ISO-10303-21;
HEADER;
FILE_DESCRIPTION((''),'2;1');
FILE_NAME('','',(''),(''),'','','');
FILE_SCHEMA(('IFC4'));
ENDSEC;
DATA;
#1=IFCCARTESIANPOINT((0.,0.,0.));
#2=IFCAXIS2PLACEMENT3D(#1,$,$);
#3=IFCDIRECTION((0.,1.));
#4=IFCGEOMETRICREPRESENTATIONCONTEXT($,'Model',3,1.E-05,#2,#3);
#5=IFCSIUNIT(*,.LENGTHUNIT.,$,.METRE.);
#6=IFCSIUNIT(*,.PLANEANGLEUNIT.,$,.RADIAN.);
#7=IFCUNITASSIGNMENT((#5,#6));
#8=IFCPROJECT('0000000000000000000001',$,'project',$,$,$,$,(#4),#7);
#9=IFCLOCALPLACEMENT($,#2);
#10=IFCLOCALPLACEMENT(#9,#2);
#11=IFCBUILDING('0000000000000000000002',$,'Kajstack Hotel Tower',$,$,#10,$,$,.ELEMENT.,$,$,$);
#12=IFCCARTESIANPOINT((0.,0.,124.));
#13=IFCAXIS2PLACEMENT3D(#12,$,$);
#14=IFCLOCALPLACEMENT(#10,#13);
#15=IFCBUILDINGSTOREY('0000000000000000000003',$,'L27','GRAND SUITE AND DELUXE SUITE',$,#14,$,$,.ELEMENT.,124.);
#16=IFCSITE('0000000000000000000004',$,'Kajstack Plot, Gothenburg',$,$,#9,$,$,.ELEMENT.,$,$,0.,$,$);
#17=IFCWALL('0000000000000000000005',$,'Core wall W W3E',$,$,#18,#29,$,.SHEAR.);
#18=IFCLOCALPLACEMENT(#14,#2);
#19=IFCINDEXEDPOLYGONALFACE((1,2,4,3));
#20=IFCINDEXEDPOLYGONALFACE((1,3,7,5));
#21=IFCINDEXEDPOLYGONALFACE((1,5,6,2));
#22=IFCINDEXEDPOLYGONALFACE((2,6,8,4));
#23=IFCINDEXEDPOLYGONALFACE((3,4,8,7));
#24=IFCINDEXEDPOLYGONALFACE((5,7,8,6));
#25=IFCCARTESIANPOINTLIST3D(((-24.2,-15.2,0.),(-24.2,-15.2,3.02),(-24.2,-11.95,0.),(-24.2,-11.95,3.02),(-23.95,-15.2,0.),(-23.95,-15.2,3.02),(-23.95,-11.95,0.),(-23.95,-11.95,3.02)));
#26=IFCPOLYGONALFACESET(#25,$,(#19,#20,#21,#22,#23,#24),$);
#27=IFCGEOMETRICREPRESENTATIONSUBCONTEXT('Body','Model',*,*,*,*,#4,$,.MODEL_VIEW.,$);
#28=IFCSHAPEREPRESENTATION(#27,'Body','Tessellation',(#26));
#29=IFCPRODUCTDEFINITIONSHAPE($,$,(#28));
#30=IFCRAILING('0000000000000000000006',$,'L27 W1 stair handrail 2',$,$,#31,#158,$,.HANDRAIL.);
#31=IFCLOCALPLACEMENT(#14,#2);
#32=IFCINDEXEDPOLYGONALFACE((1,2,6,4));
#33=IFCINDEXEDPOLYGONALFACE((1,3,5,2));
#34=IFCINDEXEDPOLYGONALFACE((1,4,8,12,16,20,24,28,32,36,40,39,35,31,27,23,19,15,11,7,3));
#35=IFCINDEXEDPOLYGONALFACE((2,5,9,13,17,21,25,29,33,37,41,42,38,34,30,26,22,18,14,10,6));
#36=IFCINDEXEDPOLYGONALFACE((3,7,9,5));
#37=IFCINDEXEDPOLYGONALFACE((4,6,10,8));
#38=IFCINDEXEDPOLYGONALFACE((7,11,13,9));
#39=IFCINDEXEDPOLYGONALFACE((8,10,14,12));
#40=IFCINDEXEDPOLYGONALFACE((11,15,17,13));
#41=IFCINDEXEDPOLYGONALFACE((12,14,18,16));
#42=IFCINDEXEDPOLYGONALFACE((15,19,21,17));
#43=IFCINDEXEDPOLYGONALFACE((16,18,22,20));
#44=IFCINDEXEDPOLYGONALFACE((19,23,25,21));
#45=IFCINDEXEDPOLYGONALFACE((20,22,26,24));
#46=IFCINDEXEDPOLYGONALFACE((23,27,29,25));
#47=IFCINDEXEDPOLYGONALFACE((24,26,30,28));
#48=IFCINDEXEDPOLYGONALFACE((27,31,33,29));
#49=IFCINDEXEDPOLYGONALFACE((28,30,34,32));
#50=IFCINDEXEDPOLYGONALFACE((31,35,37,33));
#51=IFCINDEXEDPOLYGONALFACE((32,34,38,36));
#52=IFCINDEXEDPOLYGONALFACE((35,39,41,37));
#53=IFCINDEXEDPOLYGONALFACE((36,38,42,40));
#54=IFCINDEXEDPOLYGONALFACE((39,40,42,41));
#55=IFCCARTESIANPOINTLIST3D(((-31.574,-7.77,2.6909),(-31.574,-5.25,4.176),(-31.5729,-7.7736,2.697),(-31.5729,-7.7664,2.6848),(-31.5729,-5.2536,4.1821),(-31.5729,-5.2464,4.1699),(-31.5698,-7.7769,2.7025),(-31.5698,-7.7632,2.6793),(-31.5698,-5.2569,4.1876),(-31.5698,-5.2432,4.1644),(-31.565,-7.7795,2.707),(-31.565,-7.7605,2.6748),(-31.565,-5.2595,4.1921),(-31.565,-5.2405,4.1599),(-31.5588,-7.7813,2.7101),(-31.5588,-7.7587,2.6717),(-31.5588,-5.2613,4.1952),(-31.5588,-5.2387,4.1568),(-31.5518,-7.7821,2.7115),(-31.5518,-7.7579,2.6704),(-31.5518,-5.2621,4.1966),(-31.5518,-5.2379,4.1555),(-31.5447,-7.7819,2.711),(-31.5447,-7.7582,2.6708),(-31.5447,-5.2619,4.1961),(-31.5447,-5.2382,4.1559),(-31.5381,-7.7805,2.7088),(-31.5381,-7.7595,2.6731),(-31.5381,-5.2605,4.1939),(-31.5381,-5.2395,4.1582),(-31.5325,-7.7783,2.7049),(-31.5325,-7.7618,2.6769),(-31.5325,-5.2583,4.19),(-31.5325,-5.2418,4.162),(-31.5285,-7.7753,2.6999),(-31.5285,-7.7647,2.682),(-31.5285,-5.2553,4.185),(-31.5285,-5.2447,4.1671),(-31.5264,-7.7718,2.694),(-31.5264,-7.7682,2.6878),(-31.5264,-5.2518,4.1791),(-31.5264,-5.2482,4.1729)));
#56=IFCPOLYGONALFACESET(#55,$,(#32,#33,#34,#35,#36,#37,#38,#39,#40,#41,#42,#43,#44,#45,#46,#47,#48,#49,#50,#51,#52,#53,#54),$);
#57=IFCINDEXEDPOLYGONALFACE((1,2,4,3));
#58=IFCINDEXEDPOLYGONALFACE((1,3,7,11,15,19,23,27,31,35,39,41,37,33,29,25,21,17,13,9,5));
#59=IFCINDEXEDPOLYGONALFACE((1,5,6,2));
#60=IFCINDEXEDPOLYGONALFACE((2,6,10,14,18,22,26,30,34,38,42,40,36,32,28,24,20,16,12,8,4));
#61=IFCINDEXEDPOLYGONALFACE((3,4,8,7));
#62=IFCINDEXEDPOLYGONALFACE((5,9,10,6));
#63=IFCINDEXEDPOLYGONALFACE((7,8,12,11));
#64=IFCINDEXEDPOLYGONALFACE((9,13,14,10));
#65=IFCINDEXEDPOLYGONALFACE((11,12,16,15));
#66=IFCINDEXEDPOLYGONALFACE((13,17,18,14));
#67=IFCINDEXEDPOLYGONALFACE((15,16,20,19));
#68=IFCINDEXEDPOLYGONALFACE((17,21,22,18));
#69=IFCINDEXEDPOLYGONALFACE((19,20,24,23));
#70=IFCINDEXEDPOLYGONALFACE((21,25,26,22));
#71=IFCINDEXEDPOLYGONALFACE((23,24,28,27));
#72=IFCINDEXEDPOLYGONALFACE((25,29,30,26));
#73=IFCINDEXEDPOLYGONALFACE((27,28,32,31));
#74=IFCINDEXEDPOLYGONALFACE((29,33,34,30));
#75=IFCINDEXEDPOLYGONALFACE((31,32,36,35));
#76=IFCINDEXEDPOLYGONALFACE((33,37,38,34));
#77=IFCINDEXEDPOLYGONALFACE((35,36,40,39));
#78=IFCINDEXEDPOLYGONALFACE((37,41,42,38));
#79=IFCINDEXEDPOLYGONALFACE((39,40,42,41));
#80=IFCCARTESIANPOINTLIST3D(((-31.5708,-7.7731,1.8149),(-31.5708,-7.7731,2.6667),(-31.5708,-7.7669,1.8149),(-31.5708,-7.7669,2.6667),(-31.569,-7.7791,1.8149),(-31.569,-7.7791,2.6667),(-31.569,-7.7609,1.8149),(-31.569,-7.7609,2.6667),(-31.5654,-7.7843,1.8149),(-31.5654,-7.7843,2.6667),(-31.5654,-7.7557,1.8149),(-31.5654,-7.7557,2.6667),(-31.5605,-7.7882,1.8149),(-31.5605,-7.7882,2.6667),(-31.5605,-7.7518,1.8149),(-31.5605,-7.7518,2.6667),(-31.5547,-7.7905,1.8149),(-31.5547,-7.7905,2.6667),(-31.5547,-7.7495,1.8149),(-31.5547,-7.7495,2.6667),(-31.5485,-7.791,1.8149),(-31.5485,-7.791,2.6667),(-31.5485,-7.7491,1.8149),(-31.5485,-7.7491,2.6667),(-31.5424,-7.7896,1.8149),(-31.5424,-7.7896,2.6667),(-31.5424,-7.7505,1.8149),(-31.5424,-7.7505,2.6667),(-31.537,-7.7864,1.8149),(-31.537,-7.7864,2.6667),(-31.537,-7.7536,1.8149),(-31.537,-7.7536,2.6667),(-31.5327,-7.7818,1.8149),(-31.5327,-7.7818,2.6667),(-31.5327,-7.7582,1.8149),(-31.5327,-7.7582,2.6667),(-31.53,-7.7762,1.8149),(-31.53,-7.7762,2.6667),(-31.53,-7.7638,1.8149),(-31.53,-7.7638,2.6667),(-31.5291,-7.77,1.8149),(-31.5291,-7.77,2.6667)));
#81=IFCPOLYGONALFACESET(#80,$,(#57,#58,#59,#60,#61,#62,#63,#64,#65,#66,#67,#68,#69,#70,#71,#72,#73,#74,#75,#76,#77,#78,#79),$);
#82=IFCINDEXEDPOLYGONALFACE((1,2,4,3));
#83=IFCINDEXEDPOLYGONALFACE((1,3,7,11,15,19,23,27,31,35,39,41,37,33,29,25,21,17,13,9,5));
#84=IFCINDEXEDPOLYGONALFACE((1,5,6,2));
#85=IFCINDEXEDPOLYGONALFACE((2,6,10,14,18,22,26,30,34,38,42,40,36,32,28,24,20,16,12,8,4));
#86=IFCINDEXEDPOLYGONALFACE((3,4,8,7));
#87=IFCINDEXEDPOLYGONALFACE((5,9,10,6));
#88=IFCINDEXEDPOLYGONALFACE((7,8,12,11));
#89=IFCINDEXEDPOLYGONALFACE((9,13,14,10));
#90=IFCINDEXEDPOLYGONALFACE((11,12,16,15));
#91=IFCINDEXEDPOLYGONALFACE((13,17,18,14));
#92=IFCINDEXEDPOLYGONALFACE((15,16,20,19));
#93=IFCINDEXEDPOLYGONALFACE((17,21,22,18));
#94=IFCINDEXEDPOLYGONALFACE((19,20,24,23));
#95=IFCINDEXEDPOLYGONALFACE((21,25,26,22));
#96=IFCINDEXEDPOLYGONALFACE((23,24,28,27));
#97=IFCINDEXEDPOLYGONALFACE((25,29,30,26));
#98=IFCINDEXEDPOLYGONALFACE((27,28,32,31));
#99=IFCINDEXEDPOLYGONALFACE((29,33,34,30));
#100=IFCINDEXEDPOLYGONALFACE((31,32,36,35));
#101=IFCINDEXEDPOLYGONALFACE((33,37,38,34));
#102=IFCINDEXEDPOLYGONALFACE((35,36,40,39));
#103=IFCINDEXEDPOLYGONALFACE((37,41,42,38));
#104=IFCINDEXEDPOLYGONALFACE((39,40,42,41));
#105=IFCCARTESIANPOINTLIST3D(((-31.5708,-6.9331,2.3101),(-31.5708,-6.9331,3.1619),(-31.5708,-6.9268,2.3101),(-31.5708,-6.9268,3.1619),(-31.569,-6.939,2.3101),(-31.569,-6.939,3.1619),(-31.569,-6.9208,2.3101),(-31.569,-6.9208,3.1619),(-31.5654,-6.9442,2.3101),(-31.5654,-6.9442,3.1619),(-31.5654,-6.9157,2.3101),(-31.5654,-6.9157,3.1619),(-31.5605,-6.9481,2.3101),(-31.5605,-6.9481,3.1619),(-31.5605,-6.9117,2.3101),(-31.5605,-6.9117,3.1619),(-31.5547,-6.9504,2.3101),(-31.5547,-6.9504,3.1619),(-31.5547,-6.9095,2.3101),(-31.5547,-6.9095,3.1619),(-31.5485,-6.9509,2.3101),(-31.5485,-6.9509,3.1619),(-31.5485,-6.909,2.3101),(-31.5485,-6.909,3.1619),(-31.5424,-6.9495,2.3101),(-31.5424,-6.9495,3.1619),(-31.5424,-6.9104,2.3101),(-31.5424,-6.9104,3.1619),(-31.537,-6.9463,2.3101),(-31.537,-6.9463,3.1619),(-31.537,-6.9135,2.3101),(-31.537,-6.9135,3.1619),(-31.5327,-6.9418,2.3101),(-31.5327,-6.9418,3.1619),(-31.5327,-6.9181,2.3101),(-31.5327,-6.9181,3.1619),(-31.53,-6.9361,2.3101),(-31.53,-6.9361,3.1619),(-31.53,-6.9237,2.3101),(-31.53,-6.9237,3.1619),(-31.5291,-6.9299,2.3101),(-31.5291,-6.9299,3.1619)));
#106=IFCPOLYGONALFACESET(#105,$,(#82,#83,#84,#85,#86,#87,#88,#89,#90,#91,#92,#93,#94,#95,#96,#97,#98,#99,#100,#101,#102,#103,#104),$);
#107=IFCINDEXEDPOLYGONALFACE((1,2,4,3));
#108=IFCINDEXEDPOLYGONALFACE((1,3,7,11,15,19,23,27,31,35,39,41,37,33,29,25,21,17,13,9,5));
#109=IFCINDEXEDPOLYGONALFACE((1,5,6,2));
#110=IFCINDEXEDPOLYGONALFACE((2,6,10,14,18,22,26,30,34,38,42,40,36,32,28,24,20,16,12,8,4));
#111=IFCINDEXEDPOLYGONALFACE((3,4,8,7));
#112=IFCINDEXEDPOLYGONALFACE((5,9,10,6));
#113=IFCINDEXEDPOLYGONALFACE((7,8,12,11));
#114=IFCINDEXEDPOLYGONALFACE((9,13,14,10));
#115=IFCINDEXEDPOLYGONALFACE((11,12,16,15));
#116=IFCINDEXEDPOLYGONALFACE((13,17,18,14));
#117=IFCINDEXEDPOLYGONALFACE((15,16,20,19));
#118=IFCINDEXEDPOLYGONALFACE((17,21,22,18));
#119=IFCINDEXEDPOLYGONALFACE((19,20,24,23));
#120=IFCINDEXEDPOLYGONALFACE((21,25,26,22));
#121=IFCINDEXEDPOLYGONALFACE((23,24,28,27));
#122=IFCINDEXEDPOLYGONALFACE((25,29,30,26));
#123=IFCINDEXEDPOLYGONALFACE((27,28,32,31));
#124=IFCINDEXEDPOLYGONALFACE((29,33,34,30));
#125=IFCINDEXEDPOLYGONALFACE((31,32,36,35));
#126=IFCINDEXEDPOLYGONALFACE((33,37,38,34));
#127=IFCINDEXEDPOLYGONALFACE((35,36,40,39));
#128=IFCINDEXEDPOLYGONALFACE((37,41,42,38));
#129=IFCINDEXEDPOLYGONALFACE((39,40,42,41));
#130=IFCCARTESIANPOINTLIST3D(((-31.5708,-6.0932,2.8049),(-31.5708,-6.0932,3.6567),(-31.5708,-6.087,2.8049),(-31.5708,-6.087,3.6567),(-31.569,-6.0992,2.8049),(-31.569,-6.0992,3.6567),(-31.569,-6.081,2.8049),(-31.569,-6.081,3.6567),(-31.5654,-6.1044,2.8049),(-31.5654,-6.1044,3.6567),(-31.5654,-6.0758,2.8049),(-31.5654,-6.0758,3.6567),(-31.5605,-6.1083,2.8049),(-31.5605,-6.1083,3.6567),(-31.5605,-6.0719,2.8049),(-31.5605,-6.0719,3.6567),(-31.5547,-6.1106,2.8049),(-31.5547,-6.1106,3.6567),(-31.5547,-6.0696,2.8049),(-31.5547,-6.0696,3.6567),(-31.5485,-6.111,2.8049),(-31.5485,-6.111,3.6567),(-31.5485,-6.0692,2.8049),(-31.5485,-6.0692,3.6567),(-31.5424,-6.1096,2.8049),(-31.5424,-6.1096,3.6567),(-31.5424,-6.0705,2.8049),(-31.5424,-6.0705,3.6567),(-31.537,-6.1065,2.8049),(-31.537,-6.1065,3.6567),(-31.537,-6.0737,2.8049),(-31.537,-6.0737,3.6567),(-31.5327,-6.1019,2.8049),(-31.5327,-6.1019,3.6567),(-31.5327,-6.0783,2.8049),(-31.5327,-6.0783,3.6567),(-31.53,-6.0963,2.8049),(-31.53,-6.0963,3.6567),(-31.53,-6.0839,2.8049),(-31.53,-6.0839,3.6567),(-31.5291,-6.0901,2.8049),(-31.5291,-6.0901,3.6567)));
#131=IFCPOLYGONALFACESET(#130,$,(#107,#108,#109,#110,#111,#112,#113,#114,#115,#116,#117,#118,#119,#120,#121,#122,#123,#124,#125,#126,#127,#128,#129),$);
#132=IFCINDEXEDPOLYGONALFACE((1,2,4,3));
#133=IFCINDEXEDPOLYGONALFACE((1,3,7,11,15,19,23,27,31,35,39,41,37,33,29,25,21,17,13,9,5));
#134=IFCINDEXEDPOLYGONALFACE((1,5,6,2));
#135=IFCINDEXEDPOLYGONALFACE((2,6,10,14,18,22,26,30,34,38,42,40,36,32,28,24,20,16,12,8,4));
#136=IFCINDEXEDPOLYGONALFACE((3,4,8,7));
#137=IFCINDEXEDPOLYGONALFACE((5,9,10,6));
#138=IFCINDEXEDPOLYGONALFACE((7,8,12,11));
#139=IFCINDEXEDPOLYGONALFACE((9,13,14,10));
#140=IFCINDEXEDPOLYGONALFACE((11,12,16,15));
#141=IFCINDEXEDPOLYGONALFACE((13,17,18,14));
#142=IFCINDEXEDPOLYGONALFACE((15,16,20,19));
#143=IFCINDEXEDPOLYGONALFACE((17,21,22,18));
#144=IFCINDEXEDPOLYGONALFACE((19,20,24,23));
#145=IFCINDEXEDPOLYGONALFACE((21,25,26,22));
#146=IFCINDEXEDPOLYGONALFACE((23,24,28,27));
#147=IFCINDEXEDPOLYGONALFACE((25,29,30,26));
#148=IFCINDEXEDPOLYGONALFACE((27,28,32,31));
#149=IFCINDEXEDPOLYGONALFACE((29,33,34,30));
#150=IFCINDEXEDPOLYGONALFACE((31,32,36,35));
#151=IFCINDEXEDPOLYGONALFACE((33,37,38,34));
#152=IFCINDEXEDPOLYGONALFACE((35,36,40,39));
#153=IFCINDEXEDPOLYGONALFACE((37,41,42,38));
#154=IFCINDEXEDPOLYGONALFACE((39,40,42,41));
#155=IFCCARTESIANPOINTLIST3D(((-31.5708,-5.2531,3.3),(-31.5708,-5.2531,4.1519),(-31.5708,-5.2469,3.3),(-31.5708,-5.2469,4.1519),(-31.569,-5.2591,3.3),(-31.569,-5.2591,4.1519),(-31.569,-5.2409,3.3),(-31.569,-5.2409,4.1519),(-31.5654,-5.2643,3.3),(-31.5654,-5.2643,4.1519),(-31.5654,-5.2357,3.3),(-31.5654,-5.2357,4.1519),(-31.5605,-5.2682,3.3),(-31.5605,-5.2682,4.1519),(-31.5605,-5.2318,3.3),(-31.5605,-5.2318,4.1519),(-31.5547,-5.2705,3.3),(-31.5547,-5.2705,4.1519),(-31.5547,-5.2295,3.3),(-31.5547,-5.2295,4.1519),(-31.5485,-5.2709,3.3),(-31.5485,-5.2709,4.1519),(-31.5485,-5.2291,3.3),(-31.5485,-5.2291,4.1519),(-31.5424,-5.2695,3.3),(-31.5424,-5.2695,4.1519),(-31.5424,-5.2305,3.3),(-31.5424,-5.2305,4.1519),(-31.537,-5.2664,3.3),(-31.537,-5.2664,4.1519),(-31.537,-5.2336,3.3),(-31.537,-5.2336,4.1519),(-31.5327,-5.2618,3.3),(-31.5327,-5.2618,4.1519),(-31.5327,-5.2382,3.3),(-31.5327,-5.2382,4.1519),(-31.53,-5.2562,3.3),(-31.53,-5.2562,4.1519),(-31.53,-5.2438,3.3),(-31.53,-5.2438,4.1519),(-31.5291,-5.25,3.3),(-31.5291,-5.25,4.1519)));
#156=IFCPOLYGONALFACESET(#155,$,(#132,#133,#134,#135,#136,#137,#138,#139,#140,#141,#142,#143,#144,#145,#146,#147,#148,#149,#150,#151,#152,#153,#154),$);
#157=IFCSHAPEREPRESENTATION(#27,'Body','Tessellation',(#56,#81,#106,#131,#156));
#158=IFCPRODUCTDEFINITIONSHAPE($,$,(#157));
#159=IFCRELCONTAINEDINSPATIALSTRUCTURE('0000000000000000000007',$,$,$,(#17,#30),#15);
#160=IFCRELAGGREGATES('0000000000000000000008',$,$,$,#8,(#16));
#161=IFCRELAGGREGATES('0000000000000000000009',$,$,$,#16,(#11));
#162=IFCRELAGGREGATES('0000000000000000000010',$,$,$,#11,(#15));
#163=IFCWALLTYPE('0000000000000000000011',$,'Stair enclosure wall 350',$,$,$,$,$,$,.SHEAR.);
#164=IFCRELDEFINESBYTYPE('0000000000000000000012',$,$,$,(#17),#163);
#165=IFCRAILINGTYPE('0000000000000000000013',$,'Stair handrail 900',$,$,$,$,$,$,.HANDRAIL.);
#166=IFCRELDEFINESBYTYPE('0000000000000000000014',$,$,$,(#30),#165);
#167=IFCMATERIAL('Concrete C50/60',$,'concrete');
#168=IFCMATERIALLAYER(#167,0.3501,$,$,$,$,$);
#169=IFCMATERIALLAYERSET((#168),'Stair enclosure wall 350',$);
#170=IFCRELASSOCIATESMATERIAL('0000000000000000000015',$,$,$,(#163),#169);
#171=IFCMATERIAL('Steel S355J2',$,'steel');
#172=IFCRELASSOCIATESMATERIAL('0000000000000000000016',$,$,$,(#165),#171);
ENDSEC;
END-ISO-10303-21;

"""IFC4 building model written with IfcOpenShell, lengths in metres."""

from ifc_helpers import new_model, si_unit, direction, frame, frame_2d, origin, origin_2d, place, context, subcontext, project, spatial, rectangle, circle, extrude, material, layer, layer_set, type_object, element, save


model = new_model("IFC4")

# Units and contexts
model_context = context("Model", 3, precision=1e-05, world=origin(), true_north=direction((0.0, 1.0)))
body_context = subcontext(model_context, "Body", "Model", "MODEL_VIEW")
ifc_project = project(units=[si_unit("LENGTHUNIT", "METRE"), si_unit("PLANEANGLEUNIT", "RADIAN")], contexts=[model_context])

# Site, building, storey
site_placement = place(None, origin())
site = spatial("IfcSite", under=ifc_project, at=site_placement, Name="Kajstack Plot, Gothenburg", CompositionType="ELEMENT", RefElevation=0.0)
building_placement = place(site_placement, origin())
building = spatial("IfcBuilding", under=site, at=building_placement, Name="Kajstack Hotel Tower", CompositionType="ELEMENT")
storey_placement = place(building_placement, frame((0.0, 0.0, 124.0)))
storey = spatial("IfcBuildingStorey", under=building, at=storey_placement, Name="L27", Description="GRAND SUITE AND DELUXE SUITE", CompositionType="ELEMENT", Elevation=124.0)

# Shared definitions
ifc_material_1 = material(Name="Concrete C50/60", Category="concrete")

# Wall
ifc_layer_1 = layer(ifc_material_1, 0.3501)
ifc_layer_set_1 = layer_set([ifc_layer_1], Name="Stair enclosure wall 350")
wall_type_1 = type_object("IfcWallType", Name="Stair enclosure wall 350", PredefinedType="SHEAR", material=ifc_layer_set_1)
wall_1_placement = place(storey_placement, frame((-24.075, -15.2, 0.0), z_axis=(0.0, 0.0, 1.0), x_axis=(0.0, 1.0, 0.0)))
element("IfcWall", 1, at=wall_1_placement, inside=storey, type_object=wall_type_1, Name="Core wall W W3E", PredefinedType="SHEAR", context=body_context, shape_type="SweptSolid", body=[
    extrude(rectangle(XDim=3.25, YDim=0.25, at=frame_2d((1.625, 0.0))), origin(), (0.0, 0.0, 1.0), 3.02),
])

# Railing
ifc_material_2 = material(Name="Steel S355J2", Category="steel")
railing_type_1 = type_object("IfcRailingType", Name="Stair handrail 900", PredefinedType="HANDRAIL", material=ifc_material_2)
railing_1_placement = place(storey_placement, frame((-31.55, -7.77, 1.8149)))
element("IfcRailing", 2, at=railing_1_placement, inside=storey, type_object=railing_type_1, Name="L27 W1 stair handrail 2", PredefinedType="HANDRAIL", context=body_context, shape_type="SweptSolid", body=[
    extrude(circle(Radius=0.0239, at=origin_2d()), frame((0.0, 0.0, 0.876), z_axis=(0.0, 0.861524, 0.507717), x_axis=(-1.0, 0.0, 0.0)), (0.0, 0.0, 1.0), 2.925),
    extrude(circle(Radius=0.021, at=origin_2d()), origin(), (0.0, 0.0, 1.0), 0.8518),
    extrude(circle(Radius=0.021, at=origin_2d()), frame((0.0, 0.8401, 0.4951)), (0.0, 0.0, 1.0), 0.8518),
    extrude(circle(Radius=0.021, at=origin_2d()), frame((0.0, 1.6799, 0.99)), (0.0, 0.0, 1.0), 0.8518),
    extrude(circle(Radius=0.021, at=origin_2d()), frame((0.0, 2.52, 1.4851)), (0.0, 0.0, 1.0), 0.8518),
])

save(model, "model.ifc")
